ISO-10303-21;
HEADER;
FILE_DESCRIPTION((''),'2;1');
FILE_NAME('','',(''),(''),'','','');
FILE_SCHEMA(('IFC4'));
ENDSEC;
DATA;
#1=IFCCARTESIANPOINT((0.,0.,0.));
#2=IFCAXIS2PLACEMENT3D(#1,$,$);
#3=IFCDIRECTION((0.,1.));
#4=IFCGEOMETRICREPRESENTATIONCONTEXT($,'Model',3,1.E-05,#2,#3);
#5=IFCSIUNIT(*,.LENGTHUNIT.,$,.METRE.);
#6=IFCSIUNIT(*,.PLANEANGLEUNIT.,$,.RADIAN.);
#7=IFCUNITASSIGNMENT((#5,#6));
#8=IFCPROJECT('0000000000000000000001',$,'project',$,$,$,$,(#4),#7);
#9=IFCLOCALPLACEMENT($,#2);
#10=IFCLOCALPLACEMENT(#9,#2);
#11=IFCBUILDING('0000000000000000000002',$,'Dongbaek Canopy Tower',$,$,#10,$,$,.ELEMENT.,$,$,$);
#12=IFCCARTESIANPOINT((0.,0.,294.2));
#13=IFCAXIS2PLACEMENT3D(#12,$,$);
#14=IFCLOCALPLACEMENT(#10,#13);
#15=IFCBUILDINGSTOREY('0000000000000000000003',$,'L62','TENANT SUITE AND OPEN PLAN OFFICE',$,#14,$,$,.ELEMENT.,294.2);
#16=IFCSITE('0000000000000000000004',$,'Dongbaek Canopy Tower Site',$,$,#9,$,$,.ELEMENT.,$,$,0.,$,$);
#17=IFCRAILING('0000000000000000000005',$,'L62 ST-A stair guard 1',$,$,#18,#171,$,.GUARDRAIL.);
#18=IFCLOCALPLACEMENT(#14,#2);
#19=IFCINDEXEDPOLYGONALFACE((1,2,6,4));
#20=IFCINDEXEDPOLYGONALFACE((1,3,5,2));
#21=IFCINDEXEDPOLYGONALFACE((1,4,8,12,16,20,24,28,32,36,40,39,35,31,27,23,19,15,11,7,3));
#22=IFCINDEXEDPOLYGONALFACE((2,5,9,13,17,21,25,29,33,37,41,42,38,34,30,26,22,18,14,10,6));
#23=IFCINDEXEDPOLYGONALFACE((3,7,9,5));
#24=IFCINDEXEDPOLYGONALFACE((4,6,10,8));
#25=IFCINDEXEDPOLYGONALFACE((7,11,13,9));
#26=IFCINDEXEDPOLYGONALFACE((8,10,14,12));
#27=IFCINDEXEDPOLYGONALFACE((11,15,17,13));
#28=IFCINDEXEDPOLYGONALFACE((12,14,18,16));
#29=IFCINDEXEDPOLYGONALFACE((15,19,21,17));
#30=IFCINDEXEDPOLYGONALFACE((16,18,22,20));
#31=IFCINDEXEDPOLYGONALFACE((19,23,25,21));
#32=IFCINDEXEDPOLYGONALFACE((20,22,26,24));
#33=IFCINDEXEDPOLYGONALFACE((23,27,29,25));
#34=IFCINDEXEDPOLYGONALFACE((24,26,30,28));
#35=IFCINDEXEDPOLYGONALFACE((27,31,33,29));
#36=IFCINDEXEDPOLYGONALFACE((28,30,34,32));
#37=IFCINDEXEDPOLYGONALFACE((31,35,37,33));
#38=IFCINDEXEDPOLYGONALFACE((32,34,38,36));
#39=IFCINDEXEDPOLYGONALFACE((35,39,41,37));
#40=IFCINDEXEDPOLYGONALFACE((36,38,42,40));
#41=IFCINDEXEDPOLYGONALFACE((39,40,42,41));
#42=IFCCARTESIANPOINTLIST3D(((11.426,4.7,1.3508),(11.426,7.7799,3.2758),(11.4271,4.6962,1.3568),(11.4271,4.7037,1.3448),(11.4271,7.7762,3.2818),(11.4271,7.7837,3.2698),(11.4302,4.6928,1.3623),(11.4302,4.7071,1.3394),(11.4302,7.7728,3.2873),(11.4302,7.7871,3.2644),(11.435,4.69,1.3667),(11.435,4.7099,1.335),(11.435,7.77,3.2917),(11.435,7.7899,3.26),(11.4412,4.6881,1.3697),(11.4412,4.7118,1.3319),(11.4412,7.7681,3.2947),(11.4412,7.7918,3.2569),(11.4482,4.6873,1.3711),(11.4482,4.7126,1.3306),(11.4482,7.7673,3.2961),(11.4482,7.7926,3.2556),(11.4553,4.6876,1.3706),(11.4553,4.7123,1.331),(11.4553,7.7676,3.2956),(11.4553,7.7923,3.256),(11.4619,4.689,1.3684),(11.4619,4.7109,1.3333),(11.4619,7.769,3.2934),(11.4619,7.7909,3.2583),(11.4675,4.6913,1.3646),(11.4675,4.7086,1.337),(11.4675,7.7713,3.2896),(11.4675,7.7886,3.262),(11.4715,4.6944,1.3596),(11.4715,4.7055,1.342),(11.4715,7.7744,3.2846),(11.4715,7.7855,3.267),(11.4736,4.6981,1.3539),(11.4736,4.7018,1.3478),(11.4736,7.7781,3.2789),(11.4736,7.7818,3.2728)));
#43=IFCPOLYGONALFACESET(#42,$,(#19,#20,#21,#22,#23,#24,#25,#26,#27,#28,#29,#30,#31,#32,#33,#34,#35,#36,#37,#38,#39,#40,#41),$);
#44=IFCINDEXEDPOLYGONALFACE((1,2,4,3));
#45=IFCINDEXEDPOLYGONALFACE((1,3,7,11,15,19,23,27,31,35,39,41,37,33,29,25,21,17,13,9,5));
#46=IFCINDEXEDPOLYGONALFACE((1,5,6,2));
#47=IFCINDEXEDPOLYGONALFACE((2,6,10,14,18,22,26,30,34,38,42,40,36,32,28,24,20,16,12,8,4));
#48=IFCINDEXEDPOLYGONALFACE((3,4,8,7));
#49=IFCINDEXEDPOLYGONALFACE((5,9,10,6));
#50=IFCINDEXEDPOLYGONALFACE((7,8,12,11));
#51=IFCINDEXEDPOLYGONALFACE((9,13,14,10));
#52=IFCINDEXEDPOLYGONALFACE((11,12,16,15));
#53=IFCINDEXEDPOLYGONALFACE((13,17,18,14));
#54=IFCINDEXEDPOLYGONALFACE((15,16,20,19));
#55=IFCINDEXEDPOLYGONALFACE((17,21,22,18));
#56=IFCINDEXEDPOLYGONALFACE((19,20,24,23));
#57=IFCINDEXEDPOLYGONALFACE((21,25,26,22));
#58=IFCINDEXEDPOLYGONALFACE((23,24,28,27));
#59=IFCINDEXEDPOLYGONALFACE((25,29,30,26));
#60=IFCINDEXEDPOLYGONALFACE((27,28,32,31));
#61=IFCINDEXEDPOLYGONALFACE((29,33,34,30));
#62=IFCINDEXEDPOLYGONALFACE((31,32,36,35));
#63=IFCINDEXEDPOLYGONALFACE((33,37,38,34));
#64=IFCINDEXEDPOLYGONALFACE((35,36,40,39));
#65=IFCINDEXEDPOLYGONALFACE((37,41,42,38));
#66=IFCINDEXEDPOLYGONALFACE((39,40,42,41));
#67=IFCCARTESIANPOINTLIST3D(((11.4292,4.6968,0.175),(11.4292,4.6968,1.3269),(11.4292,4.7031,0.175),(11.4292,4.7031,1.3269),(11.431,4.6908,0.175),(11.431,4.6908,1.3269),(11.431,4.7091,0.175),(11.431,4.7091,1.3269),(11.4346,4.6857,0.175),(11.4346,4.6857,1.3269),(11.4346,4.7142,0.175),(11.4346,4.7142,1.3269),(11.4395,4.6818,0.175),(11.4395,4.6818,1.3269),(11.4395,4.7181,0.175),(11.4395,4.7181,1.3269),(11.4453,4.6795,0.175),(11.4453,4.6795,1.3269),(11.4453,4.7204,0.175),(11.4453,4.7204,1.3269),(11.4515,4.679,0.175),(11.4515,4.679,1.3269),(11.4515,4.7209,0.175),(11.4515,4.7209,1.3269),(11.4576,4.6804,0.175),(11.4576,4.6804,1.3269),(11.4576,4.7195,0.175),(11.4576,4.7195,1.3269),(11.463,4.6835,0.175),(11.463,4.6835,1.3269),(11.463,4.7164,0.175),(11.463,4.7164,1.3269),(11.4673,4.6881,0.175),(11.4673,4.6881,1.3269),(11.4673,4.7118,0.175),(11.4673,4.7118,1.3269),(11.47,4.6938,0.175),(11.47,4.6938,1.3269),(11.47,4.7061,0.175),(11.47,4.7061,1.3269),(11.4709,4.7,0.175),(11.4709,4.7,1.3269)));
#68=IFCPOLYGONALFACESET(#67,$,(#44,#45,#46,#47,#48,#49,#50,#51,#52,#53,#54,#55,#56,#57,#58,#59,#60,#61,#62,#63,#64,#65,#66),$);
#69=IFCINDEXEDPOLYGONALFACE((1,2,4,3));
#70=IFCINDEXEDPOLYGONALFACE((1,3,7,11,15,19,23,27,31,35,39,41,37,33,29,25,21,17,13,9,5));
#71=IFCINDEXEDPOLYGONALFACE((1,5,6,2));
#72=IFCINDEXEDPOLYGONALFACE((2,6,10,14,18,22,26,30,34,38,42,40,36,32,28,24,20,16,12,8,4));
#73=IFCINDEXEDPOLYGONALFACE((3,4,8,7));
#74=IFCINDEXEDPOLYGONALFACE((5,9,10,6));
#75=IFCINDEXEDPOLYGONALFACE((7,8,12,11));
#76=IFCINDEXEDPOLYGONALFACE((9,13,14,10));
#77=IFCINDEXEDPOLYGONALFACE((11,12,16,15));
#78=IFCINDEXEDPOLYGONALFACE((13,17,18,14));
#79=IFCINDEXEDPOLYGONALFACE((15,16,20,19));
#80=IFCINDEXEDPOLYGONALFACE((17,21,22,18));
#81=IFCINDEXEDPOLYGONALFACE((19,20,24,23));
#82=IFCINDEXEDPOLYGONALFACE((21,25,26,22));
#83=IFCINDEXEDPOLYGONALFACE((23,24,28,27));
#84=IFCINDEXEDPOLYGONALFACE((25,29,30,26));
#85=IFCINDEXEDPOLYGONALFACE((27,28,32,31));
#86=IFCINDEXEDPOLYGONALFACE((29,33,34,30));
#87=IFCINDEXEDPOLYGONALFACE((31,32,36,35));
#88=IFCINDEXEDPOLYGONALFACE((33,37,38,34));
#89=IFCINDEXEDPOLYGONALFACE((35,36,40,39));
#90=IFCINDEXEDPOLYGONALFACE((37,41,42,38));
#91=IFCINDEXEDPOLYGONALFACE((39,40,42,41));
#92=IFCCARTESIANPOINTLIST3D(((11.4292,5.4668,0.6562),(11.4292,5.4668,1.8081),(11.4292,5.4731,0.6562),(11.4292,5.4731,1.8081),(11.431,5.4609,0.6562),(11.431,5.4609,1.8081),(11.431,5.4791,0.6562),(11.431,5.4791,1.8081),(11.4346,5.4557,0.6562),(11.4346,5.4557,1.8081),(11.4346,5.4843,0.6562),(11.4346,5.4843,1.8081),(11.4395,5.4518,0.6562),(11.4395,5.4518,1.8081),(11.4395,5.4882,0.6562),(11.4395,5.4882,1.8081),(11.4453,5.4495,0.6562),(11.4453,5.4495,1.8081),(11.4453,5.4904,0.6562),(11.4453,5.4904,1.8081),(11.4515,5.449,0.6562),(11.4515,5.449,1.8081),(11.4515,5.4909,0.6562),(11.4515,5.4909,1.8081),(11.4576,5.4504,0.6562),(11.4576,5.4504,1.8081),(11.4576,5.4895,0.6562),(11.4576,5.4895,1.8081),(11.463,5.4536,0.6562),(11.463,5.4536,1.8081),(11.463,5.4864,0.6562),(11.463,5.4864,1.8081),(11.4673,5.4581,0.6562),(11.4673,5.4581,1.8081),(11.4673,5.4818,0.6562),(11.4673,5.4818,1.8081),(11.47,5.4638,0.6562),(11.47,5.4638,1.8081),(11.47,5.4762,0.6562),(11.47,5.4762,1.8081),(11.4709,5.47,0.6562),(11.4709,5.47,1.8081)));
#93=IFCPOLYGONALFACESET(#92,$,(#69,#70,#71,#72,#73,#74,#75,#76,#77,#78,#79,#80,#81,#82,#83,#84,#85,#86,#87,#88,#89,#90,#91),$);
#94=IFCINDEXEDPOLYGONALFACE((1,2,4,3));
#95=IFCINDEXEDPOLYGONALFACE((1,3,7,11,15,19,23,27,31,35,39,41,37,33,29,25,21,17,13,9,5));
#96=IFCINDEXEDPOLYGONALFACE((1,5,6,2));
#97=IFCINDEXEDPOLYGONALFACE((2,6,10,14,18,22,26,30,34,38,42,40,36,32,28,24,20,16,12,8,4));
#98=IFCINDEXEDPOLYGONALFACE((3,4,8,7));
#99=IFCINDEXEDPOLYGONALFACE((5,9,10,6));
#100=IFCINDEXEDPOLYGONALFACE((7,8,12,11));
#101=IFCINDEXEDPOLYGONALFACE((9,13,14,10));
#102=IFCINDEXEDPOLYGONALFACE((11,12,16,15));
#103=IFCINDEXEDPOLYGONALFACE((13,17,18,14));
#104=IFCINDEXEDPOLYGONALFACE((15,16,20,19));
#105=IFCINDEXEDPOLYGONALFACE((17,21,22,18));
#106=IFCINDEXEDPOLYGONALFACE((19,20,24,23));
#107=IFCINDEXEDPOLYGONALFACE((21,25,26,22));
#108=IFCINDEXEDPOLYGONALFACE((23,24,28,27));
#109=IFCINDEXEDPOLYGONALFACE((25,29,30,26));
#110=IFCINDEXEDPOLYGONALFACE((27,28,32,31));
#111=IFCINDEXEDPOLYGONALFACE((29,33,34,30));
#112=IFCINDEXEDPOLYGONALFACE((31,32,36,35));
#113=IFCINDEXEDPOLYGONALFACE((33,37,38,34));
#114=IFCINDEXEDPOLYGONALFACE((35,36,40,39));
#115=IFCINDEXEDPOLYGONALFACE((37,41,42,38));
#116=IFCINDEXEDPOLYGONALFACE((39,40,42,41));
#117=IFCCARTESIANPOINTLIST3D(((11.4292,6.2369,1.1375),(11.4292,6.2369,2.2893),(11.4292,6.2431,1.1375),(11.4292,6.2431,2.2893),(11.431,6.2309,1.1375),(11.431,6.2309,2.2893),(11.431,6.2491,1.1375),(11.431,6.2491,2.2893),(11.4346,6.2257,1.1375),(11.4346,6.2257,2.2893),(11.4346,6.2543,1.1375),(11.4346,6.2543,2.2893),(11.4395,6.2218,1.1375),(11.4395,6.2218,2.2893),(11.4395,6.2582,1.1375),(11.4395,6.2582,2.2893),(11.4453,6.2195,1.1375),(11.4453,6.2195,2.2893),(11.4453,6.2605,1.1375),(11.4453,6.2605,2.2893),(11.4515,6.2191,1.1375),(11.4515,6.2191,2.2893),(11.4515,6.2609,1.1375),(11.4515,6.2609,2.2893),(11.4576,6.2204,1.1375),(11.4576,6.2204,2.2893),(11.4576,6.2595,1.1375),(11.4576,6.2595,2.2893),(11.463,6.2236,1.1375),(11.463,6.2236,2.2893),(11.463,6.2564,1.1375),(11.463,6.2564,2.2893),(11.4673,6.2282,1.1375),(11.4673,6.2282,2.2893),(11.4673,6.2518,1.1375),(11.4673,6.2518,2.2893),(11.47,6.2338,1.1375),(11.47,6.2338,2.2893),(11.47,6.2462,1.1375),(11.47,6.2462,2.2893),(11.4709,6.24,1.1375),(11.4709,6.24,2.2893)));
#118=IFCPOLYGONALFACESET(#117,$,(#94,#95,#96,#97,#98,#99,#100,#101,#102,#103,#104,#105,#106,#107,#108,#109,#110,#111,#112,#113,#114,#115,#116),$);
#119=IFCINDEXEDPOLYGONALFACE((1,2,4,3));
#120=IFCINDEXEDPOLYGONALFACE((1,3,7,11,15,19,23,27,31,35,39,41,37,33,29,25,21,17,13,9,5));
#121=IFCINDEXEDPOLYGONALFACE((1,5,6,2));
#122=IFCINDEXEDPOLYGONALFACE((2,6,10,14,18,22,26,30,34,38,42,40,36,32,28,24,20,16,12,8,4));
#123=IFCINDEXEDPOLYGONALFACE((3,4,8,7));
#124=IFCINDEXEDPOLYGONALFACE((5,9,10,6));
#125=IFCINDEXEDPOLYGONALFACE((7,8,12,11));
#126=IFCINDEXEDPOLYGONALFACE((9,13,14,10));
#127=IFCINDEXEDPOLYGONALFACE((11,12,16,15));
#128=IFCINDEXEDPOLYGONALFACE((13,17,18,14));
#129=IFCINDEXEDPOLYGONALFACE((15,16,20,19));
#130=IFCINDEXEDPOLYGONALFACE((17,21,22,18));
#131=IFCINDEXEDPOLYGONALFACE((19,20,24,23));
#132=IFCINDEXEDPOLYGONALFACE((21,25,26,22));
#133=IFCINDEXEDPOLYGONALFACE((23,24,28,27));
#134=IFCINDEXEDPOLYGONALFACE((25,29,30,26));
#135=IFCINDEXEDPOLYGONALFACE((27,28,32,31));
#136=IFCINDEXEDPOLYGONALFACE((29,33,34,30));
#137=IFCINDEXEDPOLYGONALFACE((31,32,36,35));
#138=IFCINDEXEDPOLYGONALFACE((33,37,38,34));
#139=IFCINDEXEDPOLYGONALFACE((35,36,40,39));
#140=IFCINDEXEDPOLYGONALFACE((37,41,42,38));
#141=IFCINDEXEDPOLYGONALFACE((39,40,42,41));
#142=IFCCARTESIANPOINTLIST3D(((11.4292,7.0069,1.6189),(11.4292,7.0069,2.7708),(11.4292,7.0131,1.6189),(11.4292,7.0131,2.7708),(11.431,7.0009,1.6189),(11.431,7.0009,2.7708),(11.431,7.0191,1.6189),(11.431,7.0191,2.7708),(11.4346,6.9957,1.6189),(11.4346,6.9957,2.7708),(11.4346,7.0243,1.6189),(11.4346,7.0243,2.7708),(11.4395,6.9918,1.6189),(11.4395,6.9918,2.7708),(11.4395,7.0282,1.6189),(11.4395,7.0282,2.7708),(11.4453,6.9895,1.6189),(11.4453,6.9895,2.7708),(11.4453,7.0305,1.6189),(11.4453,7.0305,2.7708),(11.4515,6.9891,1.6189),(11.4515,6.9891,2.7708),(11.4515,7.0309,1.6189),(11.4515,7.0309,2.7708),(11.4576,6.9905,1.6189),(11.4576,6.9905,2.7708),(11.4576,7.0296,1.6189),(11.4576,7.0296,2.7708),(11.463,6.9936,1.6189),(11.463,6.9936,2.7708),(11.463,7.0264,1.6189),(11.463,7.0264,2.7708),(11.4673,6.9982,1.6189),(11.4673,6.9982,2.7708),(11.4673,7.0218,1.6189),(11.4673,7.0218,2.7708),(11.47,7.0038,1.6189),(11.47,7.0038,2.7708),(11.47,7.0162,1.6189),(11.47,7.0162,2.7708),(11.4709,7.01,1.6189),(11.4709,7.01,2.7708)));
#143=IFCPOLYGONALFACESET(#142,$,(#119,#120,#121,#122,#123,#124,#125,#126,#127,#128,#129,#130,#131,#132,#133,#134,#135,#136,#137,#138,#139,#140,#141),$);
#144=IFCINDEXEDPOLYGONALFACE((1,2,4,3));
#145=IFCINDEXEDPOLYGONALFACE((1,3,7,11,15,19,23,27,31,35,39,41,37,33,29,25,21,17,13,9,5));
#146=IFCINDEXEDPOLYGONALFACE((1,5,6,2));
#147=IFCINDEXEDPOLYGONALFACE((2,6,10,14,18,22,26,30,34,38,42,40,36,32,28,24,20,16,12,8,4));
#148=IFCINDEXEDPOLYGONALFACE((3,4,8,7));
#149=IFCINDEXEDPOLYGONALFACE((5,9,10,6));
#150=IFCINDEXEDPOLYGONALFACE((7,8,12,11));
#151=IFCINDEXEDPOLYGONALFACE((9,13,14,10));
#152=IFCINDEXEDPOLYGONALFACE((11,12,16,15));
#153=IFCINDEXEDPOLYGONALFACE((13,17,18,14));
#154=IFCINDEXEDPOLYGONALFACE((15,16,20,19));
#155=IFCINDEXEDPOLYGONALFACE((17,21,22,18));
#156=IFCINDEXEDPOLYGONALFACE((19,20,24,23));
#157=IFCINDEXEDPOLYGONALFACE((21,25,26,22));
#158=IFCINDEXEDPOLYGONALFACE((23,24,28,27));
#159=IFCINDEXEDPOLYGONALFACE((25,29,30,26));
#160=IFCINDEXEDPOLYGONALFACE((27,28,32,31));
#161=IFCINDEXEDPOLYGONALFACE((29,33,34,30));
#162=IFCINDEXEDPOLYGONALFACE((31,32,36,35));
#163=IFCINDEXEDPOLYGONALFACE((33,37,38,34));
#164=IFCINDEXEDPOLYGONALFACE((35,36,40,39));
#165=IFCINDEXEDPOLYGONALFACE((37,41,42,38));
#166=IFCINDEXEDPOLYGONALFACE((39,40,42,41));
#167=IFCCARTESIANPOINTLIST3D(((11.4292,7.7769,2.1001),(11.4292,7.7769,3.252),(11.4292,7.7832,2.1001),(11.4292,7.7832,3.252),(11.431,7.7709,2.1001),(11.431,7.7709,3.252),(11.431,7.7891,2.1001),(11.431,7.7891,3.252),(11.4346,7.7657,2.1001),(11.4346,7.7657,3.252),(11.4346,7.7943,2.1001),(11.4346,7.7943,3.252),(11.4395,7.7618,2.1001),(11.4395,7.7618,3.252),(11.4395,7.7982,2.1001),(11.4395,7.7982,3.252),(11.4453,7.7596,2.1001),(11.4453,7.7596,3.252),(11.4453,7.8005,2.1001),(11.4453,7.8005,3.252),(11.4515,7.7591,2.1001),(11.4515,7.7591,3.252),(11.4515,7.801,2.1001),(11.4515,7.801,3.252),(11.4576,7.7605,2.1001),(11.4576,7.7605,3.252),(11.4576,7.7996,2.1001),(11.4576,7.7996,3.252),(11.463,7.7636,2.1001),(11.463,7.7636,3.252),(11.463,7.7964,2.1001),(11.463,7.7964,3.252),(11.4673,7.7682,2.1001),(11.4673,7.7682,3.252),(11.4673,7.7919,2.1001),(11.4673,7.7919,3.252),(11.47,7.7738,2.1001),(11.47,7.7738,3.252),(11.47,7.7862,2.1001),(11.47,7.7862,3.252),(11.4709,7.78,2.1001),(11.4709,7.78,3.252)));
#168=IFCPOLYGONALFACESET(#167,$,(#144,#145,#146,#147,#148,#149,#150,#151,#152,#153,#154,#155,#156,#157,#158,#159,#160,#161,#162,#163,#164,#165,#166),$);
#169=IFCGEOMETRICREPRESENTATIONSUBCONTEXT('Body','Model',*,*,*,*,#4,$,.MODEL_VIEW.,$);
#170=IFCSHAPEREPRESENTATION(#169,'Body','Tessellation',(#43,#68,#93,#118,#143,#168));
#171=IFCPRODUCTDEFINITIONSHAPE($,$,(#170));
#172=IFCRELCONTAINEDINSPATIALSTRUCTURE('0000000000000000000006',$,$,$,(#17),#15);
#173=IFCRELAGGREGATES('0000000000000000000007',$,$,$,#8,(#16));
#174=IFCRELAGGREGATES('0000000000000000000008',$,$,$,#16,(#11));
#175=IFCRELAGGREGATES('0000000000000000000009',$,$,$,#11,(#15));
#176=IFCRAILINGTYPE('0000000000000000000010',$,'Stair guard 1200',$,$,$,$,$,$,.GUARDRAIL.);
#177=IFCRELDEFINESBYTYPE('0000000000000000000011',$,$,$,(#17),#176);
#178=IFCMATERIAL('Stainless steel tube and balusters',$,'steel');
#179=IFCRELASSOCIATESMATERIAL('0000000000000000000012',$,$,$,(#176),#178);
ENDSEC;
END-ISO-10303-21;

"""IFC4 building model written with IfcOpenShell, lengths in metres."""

from ifc_helpers import new_model, si_unit, direction, frame, origin, origin_2d, place, context, subcontext, project, spatial, circle, extrude, material, type_object, element, save


model = new_model("IFC4")

# Units and contexts
model_context = context("Model", 3, precision=1e-05, world=origin(), true_north=direction((0.0, 1.0)))
body_context = subcontext(model_context, "Body", "Model", "MODEL_VIEW")
ifc_project = project(units=[si_unit("LENGTHUNIT", "METRE"), si_unit("PLANEANGLEUNIT", "RADIAN")], contexts=[model_context])

# Site, building, storey
site_placement = place(None, origin())
site = spatial("IfcSite", under=ifc_project, at=site_placement, Name="Dongbaek Canopy Tower Site", CompositionType="ELEMENT", RefElevation=0.0)
building_placement = place(site_placement, origin())
building = spatial("IfcBuilding", under=site, at=building_placement, Name="Dongbaek Canopy Tower", CompositionType="ELEMENT")
storey_placement = place(building_placement, frame((0.0, 0.0, 294.2)))
storey = spatial("IfcBuildingStorey", under=building, at=storey_placement, Name="L62", Description="TENANT SUITE AND OPEN PLAN OFFICE", CompositionType="ELEMENT", Elevation=294.2)

# Railing
ifc_material_1 = material(Name="Stainless steel tube and balusters", Category="steel")
railing_type_1 = type_object("IfcRailingType", Name="Stair guard 1200", PredefinedType="GUARDRAIL", material=ifc_material_1)
railing_1_placement = place(storey_placement, frame((11.45, 4.7, 0.175)))
element("IfcRailing", 1, at=railing_1_placement, inside=storey, type_object=railing_type_1, Name="L62 ST-A stair guard 1", PredefinedType="GUARDRAIL", context=body_context, shape_type="SweptSolid", body=[
    extrude(circle(Radius=0.0239, at=origin_2d()), frame((0.0, 0.0, 1.1758), z_axis=(0.0, 0.847998, 0.529999), x_axis=(-1.0, 0.0, 0.0)), (0.0, 0.0, 1.0), 3.6321),
    extrude(circle(Radius=0.021, at=origin_2d()), origin(), (0.0, 0.0, 1.0), 1.1519),
    extrude(circle(Radius=0.021, at=origin_2d()), frame((0.0, 0.77, 0.4812)), (0.0, 0.0, 1.0), 1.1519),
    extrude(circle(Radius=0.021, at=origin_2d()), frame((0.0, 1.54, 0.9624)), (0.0, 0.0, 1.0), 1.1519),
    extrude(circle(Radius=0.021, at=origin_2d()), frame((0.0, 2.3101, 1.4438)), (0.0, 0.0, 1.0), 1.1519),
    extrude(circle(Radius=0.021, at=origin_2d()), frame((0.0, 3.0801, 1.925)), (0.0, 0.0, 1.0), 1.1519),
])

save(model, "model.ifc")
